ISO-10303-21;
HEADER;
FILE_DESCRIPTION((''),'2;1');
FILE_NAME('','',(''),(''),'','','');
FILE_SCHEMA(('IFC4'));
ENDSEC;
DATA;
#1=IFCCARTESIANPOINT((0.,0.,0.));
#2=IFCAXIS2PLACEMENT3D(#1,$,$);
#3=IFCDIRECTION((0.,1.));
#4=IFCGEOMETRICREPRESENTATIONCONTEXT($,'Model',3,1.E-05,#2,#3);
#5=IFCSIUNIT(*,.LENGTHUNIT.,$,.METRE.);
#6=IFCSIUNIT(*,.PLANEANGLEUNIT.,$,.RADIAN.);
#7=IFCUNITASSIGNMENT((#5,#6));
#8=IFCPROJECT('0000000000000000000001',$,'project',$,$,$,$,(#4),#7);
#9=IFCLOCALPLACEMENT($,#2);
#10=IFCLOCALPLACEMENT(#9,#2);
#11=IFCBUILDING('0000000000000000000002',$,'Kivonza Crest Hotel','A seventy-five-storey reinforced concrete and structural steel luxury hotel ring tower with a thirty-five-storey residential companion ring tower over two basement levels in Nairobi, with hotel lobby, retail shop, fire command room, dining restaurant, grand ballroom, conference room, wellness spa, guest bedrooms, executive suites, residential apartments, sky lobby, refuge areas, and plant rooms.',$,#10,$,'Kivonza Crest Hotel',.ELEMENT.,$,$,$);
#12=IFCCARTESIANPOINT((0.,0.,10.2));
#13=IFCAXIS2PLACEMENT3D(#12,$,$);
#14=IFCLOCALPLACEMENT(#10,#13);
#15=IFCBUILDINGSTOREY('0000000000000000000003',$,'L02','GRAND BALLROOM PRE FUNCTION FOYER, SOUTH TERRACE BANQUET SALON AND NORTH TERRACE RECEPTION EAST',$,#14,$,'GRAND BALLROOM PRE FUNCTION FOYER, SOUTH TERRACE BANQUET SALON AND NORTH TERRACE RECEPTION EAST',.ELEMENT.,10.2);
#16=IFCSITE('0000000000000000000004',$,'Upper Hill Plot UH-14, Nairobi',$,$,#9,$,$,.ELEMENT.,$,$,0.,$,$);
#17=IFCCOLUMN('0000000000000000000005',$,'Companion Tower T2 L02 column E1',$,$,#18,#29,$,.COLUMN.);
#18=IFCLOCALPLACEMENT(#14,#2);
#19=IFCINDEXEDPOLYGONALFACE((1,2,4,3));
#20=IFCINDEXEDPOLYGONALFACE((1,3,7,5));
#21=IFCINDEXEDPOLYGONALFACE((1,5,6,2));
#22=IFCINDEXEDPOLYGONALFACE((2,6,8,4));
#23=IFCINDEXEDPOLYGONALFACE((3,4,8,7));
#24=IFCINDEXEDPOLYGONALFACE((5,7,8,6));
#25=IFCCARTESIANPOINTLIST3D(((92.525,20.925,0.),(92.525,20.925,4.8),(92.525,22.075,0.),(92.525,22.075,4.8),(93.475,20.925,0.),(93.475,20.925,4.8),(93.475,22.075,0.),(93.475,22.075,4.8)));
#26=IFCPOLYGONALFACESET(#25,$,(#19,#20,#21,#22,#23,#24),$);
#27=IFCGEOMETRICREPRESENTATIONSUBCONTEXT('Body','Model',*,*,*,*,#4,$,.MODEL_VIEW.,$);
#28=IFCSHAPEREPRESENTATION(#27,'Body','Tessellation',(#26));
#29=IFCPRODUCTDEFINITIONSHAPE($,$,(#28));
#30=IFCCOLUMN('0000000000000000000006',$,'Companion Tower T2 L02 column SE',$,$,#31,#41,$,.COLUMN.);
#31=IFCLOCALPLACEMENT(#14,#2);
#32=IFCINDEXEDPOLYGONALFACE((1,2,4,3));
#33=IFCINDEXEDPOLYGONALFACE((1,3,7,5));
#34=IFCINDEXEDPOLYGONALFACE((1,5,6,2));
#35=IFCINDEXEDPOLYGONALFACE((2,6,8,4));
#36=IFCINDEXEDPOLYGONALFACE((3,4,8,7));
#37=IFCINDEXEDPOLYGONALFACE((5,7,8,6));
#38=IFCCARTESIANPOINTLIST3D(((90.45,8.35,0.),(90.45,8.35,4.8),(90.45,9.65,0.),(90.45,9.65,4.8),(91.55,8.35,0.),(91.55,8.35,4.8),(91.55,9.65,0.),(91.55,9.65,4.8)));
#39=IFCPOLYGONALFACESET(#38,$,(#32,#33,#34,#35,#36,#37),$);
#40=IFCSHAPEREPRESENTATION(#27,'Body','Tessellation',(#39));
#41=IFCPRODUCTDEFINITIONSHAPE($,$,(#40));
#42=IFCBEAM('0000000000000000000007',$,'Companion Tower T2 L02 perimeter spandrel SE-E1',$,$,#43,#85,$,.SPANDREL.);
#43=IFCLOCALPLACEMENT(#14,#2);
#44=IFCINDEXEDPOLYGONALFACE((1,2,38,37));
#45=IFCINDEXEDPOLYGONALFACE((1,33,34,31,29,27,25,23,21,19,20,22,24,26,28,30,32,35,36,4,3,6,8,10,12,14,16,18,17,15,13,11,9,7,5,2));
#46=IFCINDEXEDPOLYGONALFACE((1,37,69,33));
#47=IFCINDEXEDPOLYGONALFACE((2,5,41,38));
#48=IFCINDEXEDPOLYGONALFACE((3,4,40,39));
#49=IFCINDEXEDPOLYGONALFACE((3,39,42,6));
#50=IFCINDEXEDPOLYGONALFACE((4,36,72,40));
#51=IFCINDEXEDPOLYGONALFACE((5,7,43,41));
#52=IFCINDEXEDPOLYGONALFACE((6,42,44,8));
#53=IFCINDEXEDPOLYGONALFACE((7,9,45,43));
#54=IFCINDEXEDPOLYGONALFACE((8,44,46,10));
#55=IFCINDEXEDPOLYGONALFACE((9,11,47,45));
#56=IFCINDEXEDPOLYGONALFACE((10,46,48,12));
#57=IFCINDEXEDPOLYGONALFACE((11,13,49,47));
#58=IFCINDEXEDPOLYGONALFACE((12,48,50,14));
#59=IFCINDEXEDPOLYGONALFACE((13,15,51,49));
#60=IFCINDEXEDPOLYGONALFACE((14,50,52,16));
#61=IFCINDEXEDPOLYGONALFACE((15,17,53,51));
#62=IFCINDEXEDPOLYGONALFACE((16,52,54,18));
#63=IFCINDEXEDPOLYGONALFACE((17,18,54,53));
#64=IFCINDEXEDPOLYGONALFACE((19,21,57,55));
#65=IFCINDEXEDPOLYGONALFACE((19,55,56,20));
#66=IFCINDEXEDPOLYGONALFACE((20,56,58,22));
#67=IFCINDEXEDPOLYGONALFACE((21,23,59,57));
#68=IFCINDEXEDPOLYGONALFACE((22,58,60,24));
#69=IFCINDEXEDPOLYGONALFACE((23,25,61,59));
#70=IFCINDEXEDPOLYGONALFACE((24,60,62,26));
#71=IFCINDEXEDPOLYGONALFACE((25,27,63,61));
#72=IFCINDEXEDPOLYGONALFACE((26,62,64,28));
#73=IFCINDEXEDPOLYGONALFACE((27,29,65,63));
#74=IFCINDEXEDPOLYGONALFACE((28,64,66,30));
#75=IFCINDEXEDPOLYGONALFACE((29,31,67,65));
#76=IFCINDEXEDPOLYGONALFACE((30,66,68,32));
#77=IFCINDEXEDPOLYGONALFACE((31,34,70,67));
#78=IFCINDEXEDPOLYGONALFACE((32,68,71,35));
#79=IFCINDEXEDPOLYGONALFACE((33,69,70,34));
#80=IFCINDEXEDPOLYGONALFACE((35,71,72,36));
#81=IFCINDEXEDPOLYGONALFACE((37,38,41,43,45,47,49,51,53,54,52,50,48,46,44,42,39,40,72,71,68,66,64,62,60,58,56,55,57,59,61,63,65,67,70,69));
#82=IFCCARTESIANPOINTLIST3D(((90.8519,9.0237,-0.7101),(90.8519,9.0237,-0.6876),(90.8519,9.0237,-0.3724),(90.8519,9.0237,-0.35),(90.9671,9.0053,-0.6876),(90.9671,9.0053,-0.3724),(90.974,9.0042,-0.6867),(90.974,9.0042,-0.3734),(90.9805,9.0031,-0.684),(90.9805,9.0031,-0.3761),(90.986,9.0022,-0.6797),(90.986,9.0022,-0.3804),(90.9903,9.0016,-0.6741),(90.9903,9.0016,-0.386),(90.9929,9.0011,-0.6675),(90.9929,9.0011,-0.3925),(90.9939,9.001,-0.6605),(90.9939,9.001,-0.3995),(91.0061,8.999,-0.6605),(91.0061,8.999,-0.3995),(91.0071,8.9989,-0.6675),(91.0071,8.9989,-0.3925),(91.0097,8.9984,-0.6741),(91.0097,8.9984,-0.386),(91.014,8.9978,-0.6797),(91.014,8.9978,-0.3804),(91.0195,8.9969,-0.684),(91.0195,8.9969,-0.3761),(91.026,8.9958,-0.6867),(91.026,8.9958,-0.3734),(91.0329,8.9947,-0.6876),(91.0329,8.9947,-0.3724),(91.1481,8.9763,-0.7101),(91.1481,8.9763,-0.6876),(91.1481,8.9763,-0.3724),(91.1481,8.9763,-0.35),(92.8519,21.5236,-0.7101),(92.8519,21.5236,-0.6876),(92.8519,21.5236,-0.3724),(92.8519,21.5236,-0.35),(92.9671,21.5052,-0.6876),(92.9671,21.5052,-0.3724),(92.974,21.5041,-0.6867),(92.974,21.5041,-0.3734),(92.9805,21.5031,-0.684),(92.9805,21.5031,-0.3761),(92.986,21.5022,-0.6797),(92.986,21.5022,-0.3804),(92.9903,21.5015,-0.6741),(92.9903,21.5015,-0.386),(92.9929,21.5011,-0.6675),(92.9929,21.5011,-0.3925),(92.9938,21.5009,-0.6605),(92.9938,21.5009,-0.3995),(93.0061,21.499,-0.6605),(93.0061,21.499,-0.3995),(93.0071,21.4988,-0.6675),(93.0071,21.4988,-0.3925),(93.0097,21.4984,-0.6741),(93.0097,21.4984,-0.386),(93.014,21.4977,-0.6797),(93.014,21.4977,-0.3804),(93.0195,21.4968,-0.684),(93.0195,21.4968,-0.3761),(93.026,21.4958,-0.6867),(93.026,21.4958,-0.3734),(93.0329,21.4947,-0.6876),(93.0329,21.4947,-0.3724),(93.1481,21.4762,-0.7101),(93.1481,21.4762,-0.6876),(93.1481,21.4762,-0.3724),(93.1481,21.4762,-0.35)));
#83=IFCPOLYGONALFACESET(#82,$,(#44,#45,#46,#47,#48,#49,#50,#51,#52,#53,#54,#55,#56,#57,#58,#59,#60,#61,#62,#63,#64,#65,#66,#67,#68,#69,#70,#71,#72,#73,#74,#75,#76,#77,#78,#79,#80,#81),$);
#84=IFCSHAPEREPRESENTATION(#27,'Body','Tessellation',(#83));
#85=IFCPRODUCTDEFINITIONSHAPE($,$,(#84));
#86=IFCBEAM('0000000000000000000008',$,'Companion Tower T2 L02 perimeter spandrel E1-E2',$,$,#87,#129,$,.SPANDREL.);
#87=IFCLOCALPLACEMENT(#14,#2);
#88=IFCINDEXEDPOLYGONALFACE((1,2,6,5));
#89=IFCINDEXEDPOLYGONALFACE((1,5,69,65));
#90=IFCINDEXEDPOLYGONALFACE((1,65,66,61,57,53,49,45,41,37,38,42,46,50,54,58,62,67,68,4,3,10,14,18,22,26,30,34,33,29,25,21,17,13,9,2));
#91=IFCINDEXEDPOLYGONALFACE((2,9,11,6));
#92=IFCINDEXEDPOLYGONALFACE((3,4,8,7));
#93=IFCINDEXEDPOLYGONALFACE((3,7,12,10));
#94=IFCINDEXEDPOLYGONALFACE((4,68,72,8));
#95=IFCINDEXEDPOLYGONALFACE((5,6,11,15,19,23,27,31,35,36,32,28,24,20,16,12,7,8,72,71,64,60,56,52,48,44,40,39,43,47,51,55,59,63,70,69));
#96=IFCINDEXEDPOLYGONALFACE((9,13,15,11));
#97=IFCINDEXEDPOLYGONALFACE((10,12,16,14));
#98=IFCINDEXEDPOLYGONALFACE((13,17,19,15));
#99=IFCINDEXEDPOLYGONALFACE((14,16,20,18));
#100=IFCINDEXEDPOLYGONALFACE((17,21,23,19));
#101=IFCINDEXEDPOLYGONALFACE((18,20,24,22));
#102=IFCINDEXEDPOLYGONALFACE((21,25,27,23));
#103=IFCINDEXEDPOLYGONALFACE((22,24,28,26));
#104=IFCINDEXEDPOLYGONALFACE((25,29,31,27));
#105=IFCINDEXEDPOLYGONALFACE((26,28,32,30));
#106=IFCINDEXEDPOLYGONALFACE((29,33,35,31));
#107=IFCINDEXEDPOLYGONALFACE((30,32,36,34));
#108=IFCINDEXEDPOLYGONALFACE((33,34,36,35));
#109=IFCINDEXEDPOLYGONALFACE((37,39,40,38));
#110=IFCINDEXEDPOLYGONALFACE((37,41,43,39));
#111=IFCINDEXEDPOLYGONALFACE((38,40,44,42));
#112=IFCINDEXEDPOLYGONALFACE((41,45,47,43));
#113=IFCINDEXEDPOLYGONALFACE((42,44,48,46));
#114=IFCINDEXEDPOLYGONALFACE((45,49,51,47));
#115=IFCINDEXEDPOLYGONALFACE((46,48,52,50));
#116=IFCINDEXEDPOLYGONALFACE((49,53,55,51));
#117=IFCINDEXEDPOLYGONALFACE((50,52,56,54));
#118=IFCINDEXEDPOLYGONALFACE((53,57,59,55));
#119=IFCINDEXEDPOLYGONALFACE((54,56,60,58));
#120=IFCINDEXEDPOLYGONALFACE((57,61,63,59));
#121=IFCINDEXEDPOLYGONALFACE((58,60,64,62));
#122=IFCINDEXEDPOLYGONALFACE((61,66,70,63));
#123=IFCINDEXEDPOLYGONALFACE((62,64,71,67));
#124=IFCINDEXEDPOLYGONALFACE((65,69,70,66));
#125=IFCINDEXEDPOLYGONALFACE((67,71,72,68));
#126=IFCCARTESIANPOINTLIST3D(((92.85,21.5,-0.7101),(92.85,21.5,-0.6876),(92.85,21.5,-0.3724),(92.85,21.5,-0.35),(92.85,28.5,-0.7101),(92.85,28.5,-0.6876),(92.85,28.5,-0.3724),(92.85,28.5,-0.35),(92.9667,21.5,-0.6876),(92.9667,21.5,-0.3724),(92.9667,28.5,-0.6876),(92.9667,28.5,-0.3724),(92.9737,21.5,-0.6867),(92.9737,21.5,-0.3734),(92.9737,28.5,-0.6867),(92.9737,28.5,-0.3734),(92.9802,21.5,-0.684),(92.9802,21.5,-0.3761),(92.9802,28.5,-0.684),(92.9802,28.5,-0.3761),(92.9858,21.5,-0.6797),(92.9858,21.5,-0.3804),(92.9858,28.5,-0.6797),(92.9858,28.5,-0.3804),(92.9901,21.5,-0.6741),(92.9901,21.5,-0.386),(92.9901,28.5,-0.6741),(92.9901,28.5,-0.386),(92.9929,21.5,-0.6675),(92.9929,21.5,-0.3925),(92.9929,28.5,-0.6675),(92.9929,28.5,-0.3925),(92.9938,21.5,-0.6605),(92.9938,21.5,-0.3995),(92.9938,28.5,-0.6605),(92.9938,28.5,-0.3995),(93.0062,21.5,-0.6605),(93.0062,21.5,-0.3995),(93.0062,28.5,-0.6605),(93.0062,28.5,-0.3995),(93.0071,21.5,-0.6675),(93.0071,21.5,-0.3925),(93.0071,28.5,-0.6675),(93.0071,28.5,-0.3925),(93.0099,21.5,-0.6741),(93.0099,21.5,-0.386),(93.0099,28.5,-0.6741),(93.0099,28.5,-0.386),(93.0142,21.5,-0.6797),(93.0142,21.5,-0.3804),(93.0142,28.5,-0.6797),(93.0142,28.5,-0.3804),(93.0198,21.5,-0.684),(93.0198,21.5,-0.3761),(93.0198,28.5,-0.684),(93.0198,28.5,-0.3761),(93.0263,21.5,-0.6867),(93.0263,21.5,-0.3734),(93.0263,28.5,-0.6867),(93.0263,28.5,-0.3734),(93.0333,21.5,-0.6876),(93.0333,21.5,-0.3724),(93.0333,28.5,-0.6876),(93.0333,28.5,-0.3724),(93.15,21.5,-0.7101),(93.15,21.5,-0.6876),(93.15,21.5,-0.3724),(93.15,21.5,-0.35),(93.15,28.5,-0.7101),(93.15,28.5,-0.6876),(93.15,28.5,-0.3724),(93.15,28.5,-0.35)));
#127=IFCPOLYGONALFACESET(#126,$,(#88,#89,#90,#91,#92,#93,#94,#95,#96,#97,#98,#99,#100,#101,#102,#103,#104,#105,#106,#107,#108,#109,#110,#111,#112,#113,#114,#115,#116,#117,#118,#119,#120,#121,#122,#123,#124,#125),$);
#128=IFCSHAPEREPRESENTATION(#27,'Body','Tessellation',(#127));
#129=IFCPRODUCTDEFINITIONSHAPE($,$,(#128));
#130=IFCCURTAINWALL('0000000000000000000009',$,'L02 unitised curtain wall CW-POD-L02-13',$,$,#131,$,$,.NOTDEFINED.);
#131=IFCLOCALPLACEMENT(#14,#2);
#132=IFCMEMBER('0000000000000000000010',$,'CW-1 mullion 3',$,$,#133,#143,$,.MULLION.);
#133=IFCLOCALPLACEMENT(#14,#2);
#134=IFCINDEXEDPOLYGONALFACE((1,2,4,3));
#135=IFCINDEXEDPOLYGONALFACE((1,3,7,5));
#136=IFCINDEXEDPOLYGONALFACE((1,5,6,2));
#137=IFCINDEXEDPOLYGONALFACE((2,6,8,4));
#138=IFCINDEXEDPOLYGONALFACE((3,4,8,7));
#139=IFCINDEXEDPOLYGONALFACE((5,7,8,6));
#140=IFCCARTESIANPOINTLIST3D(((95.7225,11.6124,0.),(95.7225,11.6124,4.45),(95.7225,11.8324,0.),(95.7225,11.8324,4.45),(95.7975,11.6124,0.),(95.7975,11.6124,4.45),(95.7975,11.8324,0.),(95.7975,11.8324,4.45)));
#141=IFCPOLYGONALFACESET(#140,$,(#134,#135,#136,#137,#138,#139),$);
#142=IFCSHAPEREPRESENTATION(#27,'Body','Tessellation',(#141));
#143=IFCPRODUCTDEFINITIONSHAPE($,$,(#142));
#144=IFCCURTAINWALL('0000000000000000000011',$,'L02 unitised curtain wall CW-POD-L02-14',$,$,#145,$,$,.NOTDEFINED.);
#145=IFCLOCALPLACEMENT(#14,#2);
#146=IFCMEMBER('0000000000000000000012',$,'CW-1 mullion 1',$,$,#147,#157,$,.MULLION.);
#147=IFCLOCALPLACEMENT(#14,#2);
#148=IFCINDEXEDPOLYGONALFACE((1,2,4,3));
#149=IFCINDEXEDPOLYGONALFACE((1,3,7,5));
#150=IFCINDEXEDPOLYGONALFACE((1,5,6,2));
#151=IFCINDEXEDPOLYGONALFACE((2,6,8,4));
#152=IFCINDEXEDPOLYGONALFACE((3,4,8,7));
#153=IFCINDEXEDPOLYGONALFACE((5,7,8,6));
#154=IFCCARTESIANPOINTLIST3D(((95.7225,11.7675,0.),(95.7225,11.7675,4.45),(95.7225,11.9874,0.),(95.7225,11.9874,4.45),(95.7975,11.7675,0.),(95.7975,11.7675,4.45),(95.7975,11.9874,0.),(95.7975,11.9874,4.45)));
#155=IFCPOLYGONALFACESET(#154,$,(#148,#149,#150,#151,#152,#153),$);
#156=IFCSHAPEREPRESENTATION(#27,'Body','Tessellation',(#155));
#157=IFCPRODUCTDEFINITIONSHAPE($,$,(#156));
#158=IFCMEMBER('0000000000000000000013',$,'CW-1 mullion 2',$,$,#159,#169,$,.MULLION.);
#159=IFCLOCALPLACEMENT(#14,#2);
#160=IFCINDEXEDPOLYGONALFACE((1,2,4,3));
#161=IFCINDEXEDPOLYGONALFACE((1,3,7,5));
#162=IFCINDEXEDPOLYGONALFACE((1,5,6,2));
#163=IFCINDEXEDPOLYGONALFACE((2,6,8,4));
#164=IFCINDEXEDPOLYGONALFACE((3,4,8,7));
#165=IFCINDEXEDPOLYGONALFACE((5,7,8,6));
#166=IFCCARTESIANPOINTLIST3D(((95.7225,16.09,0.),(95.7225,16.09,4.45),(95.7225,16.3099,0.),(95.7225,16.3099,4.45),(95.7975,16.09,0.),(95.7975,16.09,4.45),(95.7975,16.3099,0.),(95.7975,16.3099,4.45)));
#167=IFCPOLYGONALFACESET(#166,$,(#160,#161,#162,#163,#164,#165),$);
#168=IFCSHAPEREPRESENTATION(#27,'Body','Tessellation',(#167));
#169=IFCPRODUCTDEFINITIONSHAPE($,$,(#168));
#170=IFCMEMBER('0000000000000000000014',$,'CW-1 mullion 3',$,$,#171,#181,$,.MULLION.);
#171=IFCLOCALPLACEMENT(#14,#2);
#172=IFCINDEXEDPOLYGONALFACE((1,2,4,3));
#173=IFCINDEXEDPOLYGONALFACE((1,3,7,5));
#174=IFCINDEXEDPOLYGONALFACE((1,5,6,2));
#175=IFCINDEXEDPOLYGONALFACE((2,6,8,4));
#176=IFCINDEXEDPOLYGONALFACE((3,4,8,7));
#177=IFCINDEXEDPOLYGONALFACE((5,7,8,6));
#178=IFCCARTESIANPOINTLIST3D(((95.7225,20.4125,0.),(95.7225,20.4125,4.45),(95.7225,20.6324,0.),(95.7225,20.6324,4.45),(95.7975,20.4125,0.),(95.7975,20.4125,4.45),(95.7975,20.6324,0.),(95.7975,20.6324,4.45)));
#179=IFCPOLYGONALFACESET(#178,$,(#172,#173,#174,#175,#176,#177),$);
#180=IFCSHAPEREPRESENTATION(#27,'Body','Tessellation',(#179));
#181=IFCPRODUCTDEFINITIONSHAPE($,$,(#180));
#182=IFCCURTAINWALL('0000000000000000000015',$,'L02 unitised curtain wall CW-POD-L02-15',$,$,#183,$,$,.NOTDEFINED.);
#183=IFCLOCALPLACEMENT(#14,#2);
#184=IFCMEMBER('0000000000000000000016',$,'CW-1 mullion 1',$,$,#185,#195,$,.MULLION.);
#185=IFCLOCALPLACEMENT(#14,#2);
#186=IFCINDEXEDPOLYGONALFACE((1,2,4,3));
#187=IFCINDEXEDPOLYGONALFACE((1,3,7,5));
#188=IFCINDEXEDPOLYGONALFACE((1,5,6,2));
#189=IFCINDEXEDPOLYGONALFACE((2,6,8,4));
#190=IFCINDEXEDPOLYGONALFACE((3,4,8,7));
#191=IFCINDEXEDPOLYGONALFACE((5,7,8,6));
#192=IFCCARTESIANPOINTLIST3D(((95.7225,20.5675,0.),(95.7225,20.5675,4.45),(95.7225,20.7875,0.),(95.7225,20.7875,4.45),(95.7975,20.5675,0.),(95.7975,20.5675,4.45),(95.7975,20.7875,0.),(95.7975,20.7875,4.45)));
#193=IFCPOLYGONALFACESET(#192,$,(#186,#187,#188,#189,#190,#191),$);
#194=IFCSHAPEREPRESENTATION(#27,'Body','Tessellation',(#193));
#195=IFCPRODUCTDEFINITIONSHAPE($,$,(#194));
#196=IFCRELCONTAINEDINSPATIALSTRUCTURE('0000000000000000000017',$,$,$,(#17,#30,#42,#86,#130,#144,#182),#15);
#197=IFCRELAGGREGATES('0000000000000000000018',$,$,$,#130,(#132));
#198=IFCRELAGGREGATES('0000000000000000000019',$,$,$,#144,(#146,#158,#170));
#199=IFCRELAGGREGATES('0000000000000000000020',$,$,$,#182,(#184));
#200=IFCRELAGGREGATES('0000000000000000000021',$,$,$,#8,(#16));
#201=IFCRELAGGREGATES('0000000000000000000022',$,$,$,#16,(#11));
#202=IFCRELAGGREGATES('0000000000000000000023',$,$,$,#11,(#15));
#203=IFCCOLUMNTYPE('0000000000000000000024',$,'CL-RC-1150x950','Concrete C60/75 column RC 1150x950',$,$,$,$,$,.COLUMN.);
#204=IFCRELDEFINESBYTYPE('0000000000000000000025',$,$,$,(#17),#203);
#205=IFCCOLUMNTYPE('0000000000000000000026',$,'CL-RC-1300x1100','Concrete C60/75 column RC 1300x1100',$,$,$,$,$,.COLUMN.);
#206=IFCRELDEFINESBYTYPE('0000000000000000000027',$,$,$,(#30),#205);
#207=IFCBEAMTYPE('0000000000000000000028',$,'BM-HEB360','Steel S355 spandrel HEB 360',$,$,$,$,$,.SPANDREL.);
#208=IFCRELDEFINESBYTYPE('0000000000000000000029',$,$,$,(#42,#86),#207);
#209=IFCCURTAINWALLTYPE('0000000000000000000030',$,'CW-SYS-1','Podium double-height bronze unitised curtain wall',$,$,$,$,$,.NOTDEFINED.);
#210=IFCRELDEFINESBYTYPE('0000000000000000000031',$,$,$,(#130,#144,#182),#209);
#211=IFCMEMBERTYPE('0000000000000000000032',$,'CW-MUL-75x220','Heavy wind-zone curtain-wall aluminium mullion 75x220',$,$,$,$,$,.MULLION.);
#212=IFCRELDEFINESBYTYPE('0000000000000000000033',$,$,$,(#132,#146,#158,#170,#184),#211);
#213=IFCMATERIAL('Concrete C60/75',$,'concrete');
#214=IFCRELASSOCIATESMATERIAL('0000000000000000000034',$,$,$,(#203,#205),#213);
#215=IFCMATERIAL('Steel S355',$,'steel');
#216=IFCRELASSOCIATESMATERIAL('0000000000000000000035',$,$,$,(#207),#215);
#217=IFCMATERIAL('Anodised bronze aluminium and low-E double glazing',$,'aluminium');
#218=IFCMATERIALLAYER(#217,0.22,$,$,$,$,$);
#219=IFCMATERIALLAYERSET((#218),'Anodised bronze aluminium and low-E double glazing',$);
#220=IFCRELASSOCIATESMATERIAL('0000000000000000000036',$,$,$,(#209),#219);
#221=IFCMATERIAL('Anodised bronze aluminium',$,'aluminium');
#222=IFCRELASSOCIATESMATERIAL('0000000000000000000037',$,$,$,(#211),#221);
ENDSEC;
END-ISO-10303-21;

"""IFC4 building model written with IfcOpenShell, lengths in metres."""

from ifc_helpers import new_model, si_unit, direction, frame, origin, origin_2d, place, context, subcontext, project, spatial, rectangle, i_section, extrude, material, layer, layer_set, material_profile, profile_set, type_object, element, aggregate, save


model = new_model("IFC4")

# Units and contexts
model_context = context("Model", 3, precision=1e-05, world=origin(), true_north=direction((0.0, 1.0)))
body_context = subcontext(model_context, "Body", "Model", "MODEL_VIEW")
ifc_project = project(units=[si_unit("LENGTHUNIT", "METRE"), si_unit("PLANEANGLEUNIT", "RADIAN")], contexts=[model_context])

# Site, building, storey
site_placement = place(None, origin())
site = spatial("IfcSite", under=ifc_project, at=site_placement, Name="Upper Hill Plot UH-14, Nairobi", CompositionType="ELEMENT", RefElevation=0.0)
building_placement = place(site_placement, origin())
building = spatial("IfcBuilding", under=site, at=building_placement, Name="Kivonza Crest Hotel", Description="A seventy-five-storey reinforced concrete and structural steel luxury hotel ring tower with a thirty-five-storey residential companion ring tower over two basement levels in Nairobi, with hotel lobby, retail shop, fire command room, dining restaurant, grand ballroom, conference room, wellness spa, guest bedrooms, executive suites, residential apartments, sky lobby, refuge areas, and plant rooms.", LongName="Kivonza Crest Hotel", CompositionType="ELEMENT")
storey_placement = place(building_placement, frame((0.0, 0.0, 10.2)))
storey = spatial("IfcBuildingStorey", under=building, at=storey_placement, Name="L02", Description="GRAND BALLROOM PRE FUNCTION FOYER, SOUTH TERRACE BANQUET SALON AND NORTH TERRACE RECEPTION EAST", LongName="GRAND BALLROOM PRE FUNCTION FOYER, SOUTH TERRACE BANQUET SALON AND NORTH TERRACE RECEPTION EAST", CompositionType="ELEMENT", Elevation=10.2)

# Columns
ifc_material_1 = material(Name="Concrete C60/75", Category="concrete")
ifc_material_profile_1 = material_profile(ifc_material_1, rectangle(XDim=0.95, YDim=1.1499, at=origin_2d()), Name="RC 1150x950")
ifc_profile_set_1 = profile_set([ifc_material_profile_1], Name="Concrete C60/75")
column_type_1 = type_object("IfcColumnType", Name="CL-RC-1150x950", Description="Concrete C60/75 column RC 1150x950", PredefinedType="COLUMN", material=ifc_profile_set_1)
column_1_placement = place(storey_placement, frame((93.0, 21.5, 0.0), z_axis=(0.0, 0.0, 1.0), x_axis=(1.0, 0.0, 0.0)))
element("IfcColumn", 1, at=column_1_placement, inside=storey, type_object=column_type_1, Name="Companion Tower T2 L02 column E1", PredefinedType="COLUMN", context=body_context, shape_type="SweptSolid", body=[
    extrude(rectangle(XDim=0.95, YDim=1.1499, at=origin_2d()), origin(), (0.0, 0.0, 1.0), 4.8),
])
ifc_material_profile_2 = material_profile(ifc_material_1, rectangle(XDim=1.1001, YDim=1.3, at=origin_2d()), Name="RC 1300x1100")
ifc_profile_set_2 = profile_set([ifc_material_profile_2], Name="Concrete C60/75")
column_type_2 = type_object("IfcColumnType", Name="CL-RC-1300x1100", Description="Concrete C60/75 column RC 1300x1100", PredefinedType="COLUMN", material=ifc_profile_set_2)
column_2_placement = place(storey_placement, frame((91.0, 9.0, 0.0), z_axis=(0.0, 0.0, 1.0), x_axis=(1.0, 0.0, 0.0)))
element("IfcColumn", 2, at=column_2_placement, inside=storey, type_object=column_type_2, Name="Companion Tower T2 L02 column SE", PredefinedType="COLUMN", context=body_context, shape_type="SweptSolid", body=[
    extrude(rectangle(XDim=1.1001, YDim=1.3, at=origin_2d()), origin(), (0.0, 0.0, 1.0), 4.8),
])

# Beams
ifc_material_2 = material(Name="Steel S355", Category="steel")
ifc_material_profile_3 = material_profile(ifc_material_2, i_section(OverallWidth=0.3, OverallDepth=0.3601, WebThickness=0.0125, FlangeThickness=0.0225, FilletRadius=0.0271, at=origin_2d()), Name="HEB 360")
ifc_profile_set_3 = profile_set([ifc_material_profile_3], Name="Steel S355")
beam_type = type_object("IfcBeamType", Name="BM-HEB360", Description="Steel S355 spandrel HEB 360", PredefinedType="SPANDREL", material=ifc_profile_set_3)
beam_1_placement = place(storey_placement, frame((91.0, 9.0, -0.53), z_axis=(0.157991, 0.987441, 0.0), x_axis=(-0.987441, 0.157991, 0.0)))
element("IfcBeam", 3, at=beam_1_placement, inside=storey, type_object=beam_type, Name="Companion Tower T2 L02 perimeter spandrel SE-E1", PredefinedType="SPANDREL", context=body_context, shape_type="SweptSolid", body=[
    extrude(i_section(OverallWidth=0.3, OverallDepth=0.3601, WebThickness=0.0125, FlangeThickness=0.0225, FilletRadius=0.0271, at=origin_2d()), origin(), (0.0, 0.0, 1.0), 12.6589),
])
beam_2_placement = place(storey_placement, frame((93.0, 21.5, -0.53), z_axis=(0.0, 1.0, 0.0), x_axis=(-1.0, 0.0, 0.0)))
element("IfcBeam", 4, at=beam_2_placement, inside=storey, type_object=beam_type, Name="Companion Tower T2 L02 perimeter spandrel E1-E2", PredefinedType="SPANDREL", context=body_context, shape_type="SweptSolid", body=[
    extrude(i_section(OverallWidth=0.3, OverallDepth=0.3601, WebThickness=0.0125, FlangeThickness=0.0225, FilletRadius=0.0271, at=origin_2d()), origin(), (0.0, 0.0, 1.0), 7.0),
])

# Curtain wall, member
ifc_material_3 = material(Name="Anodised bronze aluminium and low-E double glazing", Category="aluminium")
ifc_layer_1 = layer(ifc_material_3, 0.22)
ifc_layer_set_1 = layer_set([ifc_layer_1], Name="Anodised bronze aluminium and low-E double glazing")
curtain_wall_type = type_object("IfcCurtainWallType", Name="CW-SYS-1", Description="Podium double-height bronze unitised curtain wall", PredefinedType="NOTDEFINED", material=ifc_layer_set_1)
curtain_wall_1_placement = place(storey_placement, origin())
curtain_wall_1 = element("IfcCurtainWall", 5, at=curtain_wall_1_placement, inside=storey, type_object=curtain_wall_type, Name="L02 unitised curtain wall CW-POD-L02-13", PredefinedType="NOTDEFINED")
ifc_material_4 = material(Name="Anodised bronze aluminium", Category="aluminium")
ifc_material_profile_4 = material_profile(ifc_material_4, rectangle(XDim=0.075, YDim=0.22, at=origin_2d()), Name="CW-M 75x220")
ifc_profile_set_4 = profile_set([ifc_material_profile_4], Name="Anodised bronze aluminium")
member_type_1 = type_object("IfcMemberType", Name="CW-MUL-75x220", Description="Heavy wind-zone curtain-wall aluminium mullion 75x220", PredefinedType="MULLION", material=ifc_profile_set_4)
member_1_placement = place(storey_placement, frame((95.76, 11.7224, 0.0), z_axis=(0.0, 0.0, 1.0), x_axis=(-1.0, 0.0, 0.0)))
member_1 = element("IfcMember", 6, at=member_1_placement, type_object=member_type_1, Name="CW-1 mullion 3", PredefinedType="MULLION", context=body_context, shape_type="SweptSolid", body=[
    extrude(rectangle(XDim=0.075, YDim=0.22, at=origin_2d()), origin(), (0.0, 0.0, 1.0), 4.45),
])

# Curtain wall, members
curtain_wall_2_placement = place(storey_placement, origin())
curtain_wall_2 = element("IfcCurtainWall", 7, at=curtain_wall_2_placement, inside=storey, type_object=curtain_wall_type, Name="L02 unitised curtain wall CW-POD-L02-14", PredefinedType="NOTDEFINED")
member_2_placement = place(storey_placement, frame((95.76, 11.8774, 0.0), z_axis=(0.0, 0.0, 1.0), x_axis=(-1.0, 0.0, 0.0)))
member_2 = element("IfcMember", 8, at=member_2_placement, type_object=member_type_1, Name="CW-1 mullion 1", PredefinedType="MULLION", context=body_context, shape_type="SweptSolid", body=[
    extrude(rectangle(XDim=0.075, YDim=0.22, at=origin_2d()), origin(), (0.0, 0.0, 1.0), 4.45),
])
member_3_placement = place(storey_placement, frame((95.76, 16.2, 0.0), z_axis=(0.0, 0.0, 1.0), x_axis=(-1.0, 0.0, 0.0)))
member_3 = element("IfcMember", 9, at=member_3_placement, type_object=member_type_1, Name="CW-1 mullion 2", PredefinedType="MULLION", context=body_context, shape_type="SweptSolid", body=[
    extrude(rectangle(XDim=0.075, YDim=0.22, at=origin_2d()), origin(), (0.0, 0.0, 1.0), 4.45),
])
member_4_placement = place(storey_placement, frame((95.76, 20.5225, 0.0), z_axis=(0.0, 0.0, 1.0), x_axis=(-1.0, 0.0, 0.0)))
member_4 = element("IfcMember", 10, at=member_4_placement, type_object=member_type_1, Name="CW-1 mullion 3", PredefinedType="MULLION", context=body_context, shape_type="SweptSolid", body=[
    extrude(rectangle(XDim=0.075, YDim=0.22, at=origin_2d()), origin(), (0.0, 0.0, 1.0), 4.45),
])

# Curtain wall, member
curtain_wall_3_placement = place(storey_placement, origin())
curtain_wall_3 = element("IfcCurtainWall", 11, at=curtain_wall_3_placement, inside=storey, type_object=curtain_wall_type, Name="L02 unitised curtain wall CW-POD-L02-15", PredefinedType="NOTDEFINED")
member_5_placement = place(storey_placement, frame((95.76, 20.6775, 0.0), z_axis=(0.0, 0.0, 1.0), x_axis=(-1.0, 0.0, 0.0)))
member_5 = element("IfcMember", 12, at=member_5_placement, type_object=member_type_1, Name="CW-1 mullion 1", PredefinedType="MULLION", context=body_context, shape_type="SweptSolid", body=[
    extrude(rectangle(XDim=0.075, YDim=0.22, at=origin_2d()), origin(), (0.0, 0.0, 1.0), 4.45),
])

aggregate(curtain_wall_1, [member_1])
aggregate(curtain_wall_2, [member_2, member_3, member_4])
aggregate(curtain_wall_3, [member_5])

save(model, "model.ifc")
